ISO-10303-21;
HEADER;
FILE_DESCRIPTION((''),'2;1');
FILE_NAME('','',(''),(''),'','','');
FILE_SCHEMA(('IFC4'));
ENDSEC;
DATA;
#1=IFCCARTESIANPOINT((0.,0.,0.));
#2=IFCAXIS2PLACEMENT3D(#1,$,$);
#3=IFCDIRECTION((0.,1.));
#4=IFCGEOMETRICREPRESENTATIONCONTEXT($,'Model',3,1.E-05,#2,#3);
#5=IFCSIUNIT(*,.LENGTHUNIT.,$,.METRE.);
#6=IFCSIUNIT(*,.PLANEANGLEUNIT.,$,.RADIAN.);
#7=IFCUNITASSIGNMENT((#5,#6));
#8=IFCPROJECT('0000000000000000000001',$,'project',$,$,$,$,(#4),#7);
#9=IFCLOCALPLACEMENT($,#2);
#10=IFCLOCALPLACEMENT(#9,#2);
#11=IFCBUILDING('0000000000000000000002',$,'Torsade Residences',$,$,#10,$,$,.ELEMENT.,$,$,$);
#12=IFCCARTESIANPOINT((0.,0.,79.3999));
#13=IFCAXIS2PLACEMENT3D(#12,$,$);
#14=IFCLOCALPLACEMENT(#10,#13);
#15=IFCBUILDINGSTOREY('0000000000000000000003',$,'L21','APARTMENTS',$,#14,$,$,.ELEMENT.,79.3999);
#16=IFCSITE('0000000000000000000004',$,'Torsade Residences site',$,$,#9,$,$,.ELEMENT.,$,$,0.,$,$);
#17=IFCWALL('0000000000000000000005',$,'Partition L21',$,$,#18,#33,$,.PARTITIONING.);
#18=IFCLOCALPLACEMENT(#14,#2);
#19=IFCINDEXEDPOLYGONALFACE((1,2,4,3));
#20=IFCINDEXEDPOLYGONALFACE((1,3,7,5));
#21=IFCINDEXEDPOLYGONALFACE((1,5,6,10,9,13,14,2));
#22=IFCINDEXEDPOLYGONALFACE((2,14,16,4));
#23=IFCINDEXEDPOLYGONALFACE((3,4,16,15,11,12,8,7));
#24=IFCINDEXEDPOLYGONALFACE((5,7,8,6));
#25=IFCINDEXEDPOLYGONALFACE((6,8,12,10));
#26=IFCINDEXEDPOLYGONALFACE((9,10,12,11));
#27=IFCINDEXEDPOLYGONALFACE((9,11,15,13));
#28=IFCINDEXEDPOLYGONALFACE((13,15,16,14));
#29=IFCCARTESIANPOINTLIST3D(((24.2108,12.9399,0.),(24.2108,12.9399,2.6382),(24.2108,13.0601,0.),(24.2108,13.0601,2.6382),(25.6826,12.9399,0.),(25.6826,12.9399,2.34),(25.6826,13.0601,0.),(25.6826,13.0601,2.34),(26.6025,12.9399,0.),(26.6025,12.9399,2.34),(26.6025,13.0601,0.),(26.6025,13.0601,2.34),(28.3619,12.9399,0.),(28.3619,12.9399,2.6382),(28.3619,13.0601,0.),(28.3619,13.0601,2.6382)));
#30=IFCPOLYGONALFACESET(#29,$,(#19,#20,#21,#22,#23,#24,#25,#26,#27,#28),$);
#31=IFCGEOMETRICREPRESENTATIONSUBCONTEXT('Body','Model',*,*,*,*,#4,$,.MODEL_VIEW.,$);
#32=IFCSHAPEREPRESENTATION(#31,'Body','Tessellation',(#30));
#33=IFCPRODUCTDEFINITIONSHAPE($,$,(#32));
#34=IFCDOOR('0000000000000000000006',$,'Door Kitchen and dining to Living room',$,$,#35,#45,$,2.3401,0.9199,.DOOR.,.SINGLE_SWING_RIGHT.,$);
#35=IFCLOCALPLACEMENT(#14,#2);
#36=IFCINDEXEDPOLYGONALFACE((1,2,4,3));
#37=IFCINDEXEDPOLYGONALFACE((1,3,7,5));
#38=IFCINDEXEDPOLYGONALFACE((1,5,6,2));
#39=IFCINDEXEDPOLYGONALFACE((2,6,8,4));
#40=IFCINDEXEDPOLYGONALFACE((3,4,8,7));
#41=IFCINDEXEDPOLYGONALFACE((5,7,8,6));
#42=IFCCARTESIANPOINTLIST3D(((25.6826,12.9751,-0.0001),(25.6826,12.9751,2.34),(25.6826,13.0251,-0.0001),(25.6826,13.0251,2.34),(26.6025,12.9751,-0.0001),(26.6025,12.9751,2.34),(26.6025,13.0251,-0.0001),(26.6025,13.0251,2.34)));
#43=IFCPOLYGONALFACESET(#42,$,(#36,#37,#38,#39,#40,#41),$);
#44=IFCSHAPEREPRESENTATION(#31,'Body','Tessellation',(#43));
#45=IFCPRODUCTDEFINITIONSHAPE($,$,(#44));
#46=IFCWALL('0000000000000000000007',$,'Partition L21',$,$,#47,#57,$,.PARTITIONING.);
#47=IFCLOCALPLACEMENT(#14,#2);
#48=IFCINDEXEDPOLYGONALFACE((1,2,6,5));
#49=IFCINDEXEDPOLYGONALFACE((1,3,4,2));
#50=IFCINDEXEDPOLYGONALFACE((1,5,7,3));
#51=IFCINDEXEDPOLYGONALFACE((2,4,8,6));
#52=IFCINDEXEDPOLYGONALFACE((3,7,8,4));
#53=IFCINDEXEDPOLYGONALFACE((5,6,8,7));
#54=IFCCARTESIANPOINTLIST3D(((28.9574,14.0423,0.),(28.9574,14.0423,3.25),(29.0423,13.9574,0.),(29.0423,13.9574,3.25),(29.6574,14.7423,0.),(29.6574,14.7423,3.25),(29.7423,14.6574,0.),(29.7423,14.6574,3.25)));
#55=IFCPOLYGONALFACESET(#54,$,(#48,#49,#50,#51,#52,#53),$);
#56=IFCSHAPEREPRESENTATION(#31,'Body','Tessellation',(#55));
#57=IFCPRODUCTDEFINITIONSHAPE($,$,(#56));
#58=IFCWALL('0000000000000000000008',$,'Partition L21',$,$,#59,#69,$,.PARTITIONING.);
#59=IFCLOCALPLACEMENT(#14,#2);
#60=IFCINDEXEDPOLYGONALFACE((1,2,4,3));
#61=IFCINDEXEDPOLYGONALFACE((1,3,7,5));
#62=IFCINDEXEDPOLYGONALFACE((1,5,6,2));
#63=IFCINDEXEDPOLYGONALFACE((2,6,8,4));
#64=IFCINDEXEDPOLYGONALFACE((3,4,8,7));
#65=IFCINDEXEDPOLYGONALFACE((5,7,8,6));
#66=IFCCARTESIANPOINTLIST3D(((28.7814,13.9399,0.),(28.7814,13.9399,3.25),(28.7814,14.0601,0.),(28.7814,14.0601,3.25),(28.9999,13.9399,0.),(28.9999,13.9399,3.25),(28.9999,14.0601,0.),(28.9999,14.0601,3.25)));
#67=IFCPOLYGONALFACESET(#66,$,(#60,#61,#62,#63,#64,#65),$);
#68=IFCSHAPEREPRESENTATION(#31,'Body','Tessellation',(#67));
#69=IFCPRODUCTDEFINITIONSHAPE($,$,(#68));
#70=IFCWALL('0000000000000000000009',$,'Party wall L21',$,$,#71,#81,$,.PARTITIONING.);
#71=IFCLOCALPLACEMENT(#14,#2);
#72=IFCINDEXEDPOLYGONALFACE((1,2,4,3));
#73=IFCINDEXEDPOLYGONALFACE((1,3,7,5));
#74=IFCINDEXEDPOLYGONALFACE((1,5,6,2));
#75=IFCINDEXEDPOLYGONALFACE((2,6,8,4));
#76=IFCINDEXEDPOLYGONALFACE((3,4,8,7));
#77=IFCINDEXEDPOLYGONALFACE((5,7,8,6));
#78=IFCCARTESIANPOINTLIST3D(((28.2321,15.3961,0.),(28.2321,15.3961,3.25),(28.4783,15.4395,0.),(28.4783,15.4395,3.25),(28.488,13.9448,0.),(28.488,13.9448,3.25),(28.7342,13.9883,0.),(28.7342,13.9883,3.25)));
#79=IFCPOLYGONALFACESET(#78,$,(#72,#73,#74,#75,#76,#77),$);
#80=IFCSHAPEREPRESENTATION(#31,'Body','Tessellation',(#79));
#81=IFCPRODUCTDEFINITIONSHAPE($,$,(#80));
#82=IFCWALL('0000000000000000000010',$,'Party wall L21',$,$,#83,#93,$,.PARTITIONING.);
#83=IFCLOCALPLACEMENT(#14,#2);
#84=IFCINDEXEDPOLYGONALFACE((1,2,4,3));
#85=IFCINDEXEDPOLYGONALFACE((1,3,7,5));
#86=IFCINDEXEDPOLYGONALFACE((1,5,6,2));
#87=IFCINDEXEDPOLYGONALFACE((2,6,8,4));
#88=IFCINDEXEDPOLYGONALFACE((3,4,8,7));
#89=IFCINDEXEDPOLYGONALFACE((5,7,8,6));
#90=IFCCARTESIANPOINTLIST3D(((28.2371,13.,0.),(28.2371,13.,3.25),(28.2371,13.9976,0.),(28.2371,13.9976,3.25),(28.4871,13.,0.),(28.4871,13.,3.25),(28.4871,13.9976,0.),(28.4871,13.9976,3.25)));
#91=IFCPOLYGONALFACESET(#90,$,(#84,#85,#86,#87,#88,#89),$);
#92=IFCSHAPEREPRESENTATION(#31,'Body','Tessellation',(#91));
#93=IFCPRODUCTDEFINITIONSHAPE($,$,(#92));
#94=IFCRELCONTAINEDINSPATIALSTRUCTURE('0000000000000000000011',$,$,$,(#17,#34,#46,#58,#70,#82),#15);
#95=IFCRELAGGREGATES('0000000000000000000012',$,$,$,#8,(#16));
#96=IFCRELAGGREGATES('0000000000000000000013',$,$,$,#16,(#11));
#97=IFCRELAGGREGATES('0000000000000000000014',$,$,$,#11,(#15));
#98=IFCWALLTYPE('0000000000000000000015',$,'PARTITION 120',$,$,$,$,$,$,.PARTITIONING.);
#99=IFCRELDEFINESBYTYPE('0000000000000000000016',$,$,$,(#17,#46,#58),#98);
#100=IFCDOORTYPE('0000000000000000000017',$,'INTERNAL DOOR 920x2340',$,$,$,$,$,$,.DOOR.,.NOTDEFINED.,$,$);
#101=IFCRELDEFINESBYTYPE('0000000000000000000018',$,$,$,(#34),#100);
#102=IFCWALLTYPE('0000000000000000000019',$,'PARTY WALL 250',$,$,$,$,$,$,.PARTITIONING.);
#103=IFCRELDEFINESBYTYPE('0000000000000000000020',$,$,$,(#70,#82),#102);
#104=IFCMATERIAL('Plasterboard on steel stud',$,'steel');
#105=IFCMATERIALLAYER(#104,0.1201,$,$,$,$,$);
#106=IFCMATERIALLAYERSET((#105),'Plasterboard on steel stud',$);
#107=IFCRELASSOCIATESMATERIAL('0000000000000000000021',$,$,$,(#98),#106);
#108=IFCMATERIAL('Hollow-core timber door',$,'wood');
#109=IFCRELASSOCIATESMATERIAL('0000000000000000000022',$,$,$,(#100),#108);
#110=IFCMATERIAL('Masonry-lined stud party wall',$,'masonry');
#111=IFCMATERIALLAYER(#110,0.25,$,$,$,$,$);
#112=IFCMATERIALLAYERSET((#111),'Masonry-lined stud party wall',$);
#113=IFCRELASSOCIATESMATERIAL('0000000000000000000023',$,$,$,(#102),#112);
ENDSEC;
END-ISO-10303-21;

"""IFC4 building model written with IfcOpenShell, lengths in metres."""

from ifc_helpers import new_model, si_unit, direction, frame, frame_2d, origin, place, context, subcontext, project, spatial, rectangle, extrude, material, layer, layer_set, type_object, element, fill, save


model = new_model("IFC4")

# Units and contexts
model_context = context("Model", 3, precision=1e-05, world=origin(), true_north=direction((0.0, 1.0)))
body_context = subcontext(model_context, "Body", "Model", "MODEL_VIEW")
ifc_project = project(units=[si_unit("LENGTHUNIT", "METRE"), si_unit("PLANEANGLEUNIT", "RADIAN")], contexts=[model_context])

# Site, building, storey
site_placement = place(None, origin())
site = spatial("IfcSite", under=ifc_project, at=site_placement, Name="Torsade Residences site", CompositionType="ELEMENT", RefElevation=0.0)
building_placement = place(site_placement, origin())
building = spatial("IfcBuilding", under=site, at=building_placement, Name="Torsade Residences", CompositionType="ELEMENT")
storey_placement = place(building_placement, frame((0.0, 0.0, 79.3999)))
storey = spatial("IfcBuildingStorey", under=building, at=storey_placement, Name="L21", Description="APARTMENTS", CompositionType="ELEMENT", Elevation=79.3999)

# Wall, opening, door
ifc_material_1 = material(Name="Plasterboard on steel stud", Category="steel")
ifc_layer_1 = layer(ifc_material_1, 0.1201)
ifc_layer_set_1 = layer_set([ifc_layer_1], Name="Plasterboard on steel stud")
wall_type_1 = type_object("IfcWallType", Name="PARTITION 120", PredefinedType="PARTITIONING", material=ifc_layer_set_1)
ifc_material_2 = material(Name="Hollow-core timber door", Category="wood")
door_type_1 = type_object("IfcDoorType", Name="INTERNAL DOOR 920x2340", OperationType="NOTDEFINED", PredefinedType="DOOR", material=ifc_material_2)
wall_1_placement = place(storey_placement, frame((28.3621, 13.0, 0.0), z_axis=(0.0, 0.0, 1.0), x_axis=(-1.0, 0.0, 0.0)))
wall_1 = element("IfcWall", 1, at=wall_1_placement, inside=storey, type_object=wall_type_1, Name="Partition L21", PredefinedType="PARTITIONING", context=body_context, shape_type="SweptSolid", body=[
    extrude(rectangle(XDim=4.1511, YDim=0.1201, at=frame_2d((2.0757, 0.0))), origin(), (0.0, 0.0, 1.0), 2.6382),
])
opening_1_placement = place(wall_1_placement, frame((1.7595, 0.0, 0.0)))
opening_1 = element("IfcOpeningElement", 2, at=opening_1_placement, cuts=wall_1, PredefinedType="OPENING", context=body_context, shape_type="SweptSolid", body=[
    extrude(rectangle(XDim=0.9199, YDim=2.3401, at=frame_2d((0.46, 1.1699))), frame((0.0, 0.0701, 0.0), z_axis=(0.0, -1.0, 0.0), x_axis=(1.0, 0.0, 0.0)), (0.0, 0.0, 1.0), 0.1401),
])
door_1_placement = place(opening_1_placement, origin())
door_1 = element("IfcDoor", 3, at=door_1_placement, inside=storey, type_object=door_type_1, Name="Door Kitchen and dining to Living room", OperationType="SINGLE_SWING_RIGHT", OverallHeight=2.3401, OverallWidth=0.9199, PredefinedType="DOOR", context=body_context, shape_type="SweptSolid", body=[
    extrude(rectangle(XDim=0.9199, YDim=2.3401, at=frame_2d((0.46, 1.1699))), frame((0.0, 0.0249, 0.0), z_axis=(0.0, -1.0, 0.0), x_axis=(1.0, 0.0, 0.0)), (0.0, 0.0, 1.0), 0.05),
])
fill(opening_1, door_1)

# Walls
wall_2_placement = place(storey_placement, frame((29.7, 14.7, 0.0), z_axis=(0.0, 0.0, 1.0), x_axis=(-0.707107, -0.707107, 0.0)))
element("IfcWall", 4, at=wall_2_placement, inside=storey, type_object=wall_type_1, Name="Partition L21", PredefinedType="PARTITIONING", context=body_context, shape_type="SweptSolid", body=[
    extrude(rectangle(XDim=0.99, YDim=0.1201, at=frame_2d((0.4951, 0.0))), origin(), (0.0, 0.0, 1.0), 3.25),
])
wall_3_placement = place(storey_placement, frame((29.0, 14.0, 0.0), z_axis=(0.0, 0.0, 1.0), x_axis=(-1.0, 0.0, 0.0)))
element("IfcWall", 5, at=wall_3_placement, inside=storey, type_object=wall_type_1, Name="Partition L21", PredefinedType="PARTITIONING", context=body_context, shape_type="SweptSolid", body=[
    extrude(rectangle(XDim=0.2185, YDim=0.1201, at=frame_2d((0.1094, 0.0))), origin(), (0.0, 0.0, 1.0), 3.25),
])
ifc_material_3 = material(Name="Masonry-lined stud party wall", Category="masonry")
ifc_layer_2 = layer(ifc_material_3, 0.25)
ifc_layer_set_2 = layer_set([ifc_layer_2], Name="Masonry-lined stud party wall")
wall_type_2 = type_object("IfcWallType", Name="PARTY WALL 250", PredefinedType="PARTITIONING", material=ifc_layer_set_2)
wall_4_placement = place(storey_placement, frame((28.6111, 13.9666, 0.0), z_axis=(0.0, 0.0, 1.0), x_axis=(-0.173634, 0.98481, 0.0)))
element("IfcWall", 6, at=wall_4_placement, inside=storey, type_object=wall_type_2, Name="Party wall L21", PredefinedType="PARTITIONING", context=body_context, shape_type="SweptSolid", body=[
    extrude(rectangle(XDim=1.4736, YDim=0.25, at=frame_2d((0.7368, 0.0))), origin(), (0.0, 0.0, 1.0), 3.25),
])
wall_5_placement = place(storey_placement, frame((28.3621, 13.9976, 0.0), z_axis=(0.0, 0.0, 1.0), x_axis=(0.0, -1.0, 0.0)))
element("IfcWall", 7, at=wall_5_placement, inside=storey, type_object=wall_type_2, Name="Party wall L21", PredefinedType="PARTITIONING", context=body_context, shape_type="SweptSolid", body=[
    extrude(rectangle(XDim=0.9976, YDim=0.25, at=frame_2d((0.4988, 0.0))), origin(), (0.0, 0.0, 1.0), 3.25),
])

save(model, "model.ifc")
